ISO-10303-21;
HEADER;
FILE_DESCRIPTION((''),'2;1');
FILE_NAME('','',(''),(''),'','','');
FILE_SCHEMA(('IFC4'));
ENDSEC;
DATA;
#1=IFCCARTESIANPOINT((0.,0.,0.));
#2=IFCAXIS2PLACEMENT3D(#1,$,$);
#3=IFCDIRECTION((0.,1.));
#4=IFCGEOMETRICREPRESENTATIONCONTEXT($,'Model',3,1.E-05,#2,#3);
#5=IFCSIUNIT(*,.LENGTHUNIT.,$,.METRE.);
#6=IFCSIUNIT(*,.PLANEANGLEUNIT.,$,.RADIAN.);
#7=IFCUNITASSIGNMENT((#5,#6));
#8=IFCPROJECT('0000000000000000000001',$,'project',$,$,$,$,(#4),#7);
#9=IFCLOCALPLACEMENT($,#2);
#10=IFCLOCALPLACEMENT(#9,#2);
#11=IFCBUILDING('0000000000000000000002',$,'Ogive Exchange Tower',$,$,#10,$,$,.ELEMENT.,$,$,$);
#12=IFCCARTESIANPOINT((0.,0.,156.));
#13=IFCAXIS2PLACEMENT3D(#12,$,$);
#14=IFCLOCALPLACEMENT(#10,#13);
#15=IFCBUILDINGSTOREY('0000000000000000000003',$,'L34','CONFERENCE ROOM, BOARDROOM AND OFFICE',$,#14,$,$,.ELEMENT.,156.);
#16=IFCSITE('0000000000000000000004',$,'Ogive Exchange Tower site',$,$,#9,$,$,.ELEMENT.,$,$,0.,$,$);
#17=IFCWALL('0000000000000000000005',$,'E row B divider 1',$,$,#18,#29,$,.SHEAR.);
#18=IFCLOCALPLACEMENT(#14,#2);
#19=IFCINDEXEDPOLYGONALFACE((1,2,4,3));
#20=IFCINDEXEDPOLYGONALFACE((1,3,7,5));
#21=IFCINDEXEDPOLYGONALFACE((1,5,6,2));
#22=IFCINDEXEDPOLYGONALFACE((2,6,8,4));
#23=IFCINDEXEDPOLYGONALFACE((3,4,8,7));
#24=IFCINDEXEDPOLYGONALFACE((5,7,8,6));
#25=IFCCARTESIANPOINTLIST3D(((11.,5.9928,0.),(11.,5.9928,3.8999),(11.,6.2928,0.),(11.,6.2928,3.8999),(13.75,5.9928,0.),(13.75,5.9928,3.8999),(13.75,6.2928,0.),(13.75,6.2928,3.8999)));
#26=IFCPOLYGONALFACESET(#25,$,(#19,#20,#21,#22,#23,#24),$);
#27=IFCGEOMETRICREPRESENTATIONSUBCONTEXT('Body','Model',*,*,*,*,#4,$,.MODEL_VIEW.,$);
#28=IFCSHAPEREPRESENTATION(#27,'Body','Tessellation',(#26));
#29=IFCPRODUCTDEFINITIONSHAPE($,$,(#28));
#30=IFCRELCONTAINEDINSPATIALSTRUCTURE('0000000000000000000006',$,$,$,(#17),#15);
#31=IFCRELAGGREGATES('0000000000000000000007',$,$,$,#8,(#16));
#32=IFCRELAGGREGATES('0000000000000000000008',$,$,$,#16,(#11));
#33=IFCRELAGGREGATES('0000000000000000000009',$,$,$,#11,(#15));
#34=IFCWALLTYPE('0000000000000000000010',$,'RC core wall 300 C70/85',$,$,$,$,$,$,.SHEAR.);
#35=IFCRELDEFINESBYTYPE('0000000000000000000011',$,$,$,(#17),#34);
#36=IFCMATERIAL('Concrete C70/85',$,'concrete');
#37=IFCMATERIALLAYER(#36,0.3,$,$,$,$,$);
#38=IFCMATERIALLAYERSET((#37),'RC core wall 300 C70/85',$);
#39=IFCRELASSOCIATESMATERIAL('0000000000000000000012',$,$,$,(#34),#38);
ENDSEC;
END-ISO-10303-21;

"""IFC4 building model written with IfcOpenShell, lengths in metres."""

from ifc_helpers import new_model, si_unit, direction, frame, frame_2d, origin, place, context, subcontext, project, spatial, rectangle, extrude, material, layer, layer_set, type_object, element, save


model = new_model("IFC4")

# Units and contexts
model_context = context("Model", 3, precision=1e-05, world=origin(), true_north=direction((0.0, 1.0)))
body_context = subcontext(model_context, "Body", "Model", "MODEL_VIEW")
ifc_project = project(units=[si_unit("LENGTHUNIT", "METRE"), si_unit("PLANEANGLEUNIT", "RADIAN")], contexts=[model_context])

# Site, building, storey
site_placement = place(None, origin())
site = spatial("IfcSite", under=ifc_project, at=site_placement, Name="Ogive Exchange Tower site", CompositionType="ELEMENT", RefElevation=0.0)
building_placement = place(site_placement, origin())
building = spatial("IfcBuilding", under=site, at=building_placement, Name="Ogive Exchange Tower", CompositionType="ELEMENT")
storey_placement = place(building_placement, frame((0.0, 0.0, 156.0)))
storey = spatial("IfcBuildingStorey", under=building, at=storey_placement, Name="L34", Description="CONFERENCE ROOM, BOARDROOM AND OFFICE", CompositionType="ELEMENT", Elevation=156.0)

# Shared definitions
ifc_material_1 = material(Name="Concrete C70/85", Category="concrete")

# Wall
ifc_layer_1 = layer(ifc_material_1, 0.3)
ifc_layer_set_1 = layer_set([ifc_layer_1], Name="RC core wall 300 C70/85")
wall_type_1 = type_object("IfcWallType", Name="RC core wall 300 C70/85", PredefinedType="SHEAR", material=ifc_layer_set_1)
wall_1_placement = place(storey_placement, frame((11.0, 6.1428, 0.0), z_axis=(0.0, 0.0, 1.0), x_axis=(1.0, 0.0, 0.0)))
element("IfcWall", 1, at=wall_1_placement, inside=storey, type_object=wall_type_1, Name="E row B divider 1", PredefinedType="SHEAR", context=body_context, shape_type="SweptSolid", body=[
    extrude(rectangle(XDim=2.75, YDim=0.3, at=frame_2d((1.375, 0.0))), origin(), (0.0, 0.0, 1.0), 3.8999),
])

save(model, "model.ifc")
